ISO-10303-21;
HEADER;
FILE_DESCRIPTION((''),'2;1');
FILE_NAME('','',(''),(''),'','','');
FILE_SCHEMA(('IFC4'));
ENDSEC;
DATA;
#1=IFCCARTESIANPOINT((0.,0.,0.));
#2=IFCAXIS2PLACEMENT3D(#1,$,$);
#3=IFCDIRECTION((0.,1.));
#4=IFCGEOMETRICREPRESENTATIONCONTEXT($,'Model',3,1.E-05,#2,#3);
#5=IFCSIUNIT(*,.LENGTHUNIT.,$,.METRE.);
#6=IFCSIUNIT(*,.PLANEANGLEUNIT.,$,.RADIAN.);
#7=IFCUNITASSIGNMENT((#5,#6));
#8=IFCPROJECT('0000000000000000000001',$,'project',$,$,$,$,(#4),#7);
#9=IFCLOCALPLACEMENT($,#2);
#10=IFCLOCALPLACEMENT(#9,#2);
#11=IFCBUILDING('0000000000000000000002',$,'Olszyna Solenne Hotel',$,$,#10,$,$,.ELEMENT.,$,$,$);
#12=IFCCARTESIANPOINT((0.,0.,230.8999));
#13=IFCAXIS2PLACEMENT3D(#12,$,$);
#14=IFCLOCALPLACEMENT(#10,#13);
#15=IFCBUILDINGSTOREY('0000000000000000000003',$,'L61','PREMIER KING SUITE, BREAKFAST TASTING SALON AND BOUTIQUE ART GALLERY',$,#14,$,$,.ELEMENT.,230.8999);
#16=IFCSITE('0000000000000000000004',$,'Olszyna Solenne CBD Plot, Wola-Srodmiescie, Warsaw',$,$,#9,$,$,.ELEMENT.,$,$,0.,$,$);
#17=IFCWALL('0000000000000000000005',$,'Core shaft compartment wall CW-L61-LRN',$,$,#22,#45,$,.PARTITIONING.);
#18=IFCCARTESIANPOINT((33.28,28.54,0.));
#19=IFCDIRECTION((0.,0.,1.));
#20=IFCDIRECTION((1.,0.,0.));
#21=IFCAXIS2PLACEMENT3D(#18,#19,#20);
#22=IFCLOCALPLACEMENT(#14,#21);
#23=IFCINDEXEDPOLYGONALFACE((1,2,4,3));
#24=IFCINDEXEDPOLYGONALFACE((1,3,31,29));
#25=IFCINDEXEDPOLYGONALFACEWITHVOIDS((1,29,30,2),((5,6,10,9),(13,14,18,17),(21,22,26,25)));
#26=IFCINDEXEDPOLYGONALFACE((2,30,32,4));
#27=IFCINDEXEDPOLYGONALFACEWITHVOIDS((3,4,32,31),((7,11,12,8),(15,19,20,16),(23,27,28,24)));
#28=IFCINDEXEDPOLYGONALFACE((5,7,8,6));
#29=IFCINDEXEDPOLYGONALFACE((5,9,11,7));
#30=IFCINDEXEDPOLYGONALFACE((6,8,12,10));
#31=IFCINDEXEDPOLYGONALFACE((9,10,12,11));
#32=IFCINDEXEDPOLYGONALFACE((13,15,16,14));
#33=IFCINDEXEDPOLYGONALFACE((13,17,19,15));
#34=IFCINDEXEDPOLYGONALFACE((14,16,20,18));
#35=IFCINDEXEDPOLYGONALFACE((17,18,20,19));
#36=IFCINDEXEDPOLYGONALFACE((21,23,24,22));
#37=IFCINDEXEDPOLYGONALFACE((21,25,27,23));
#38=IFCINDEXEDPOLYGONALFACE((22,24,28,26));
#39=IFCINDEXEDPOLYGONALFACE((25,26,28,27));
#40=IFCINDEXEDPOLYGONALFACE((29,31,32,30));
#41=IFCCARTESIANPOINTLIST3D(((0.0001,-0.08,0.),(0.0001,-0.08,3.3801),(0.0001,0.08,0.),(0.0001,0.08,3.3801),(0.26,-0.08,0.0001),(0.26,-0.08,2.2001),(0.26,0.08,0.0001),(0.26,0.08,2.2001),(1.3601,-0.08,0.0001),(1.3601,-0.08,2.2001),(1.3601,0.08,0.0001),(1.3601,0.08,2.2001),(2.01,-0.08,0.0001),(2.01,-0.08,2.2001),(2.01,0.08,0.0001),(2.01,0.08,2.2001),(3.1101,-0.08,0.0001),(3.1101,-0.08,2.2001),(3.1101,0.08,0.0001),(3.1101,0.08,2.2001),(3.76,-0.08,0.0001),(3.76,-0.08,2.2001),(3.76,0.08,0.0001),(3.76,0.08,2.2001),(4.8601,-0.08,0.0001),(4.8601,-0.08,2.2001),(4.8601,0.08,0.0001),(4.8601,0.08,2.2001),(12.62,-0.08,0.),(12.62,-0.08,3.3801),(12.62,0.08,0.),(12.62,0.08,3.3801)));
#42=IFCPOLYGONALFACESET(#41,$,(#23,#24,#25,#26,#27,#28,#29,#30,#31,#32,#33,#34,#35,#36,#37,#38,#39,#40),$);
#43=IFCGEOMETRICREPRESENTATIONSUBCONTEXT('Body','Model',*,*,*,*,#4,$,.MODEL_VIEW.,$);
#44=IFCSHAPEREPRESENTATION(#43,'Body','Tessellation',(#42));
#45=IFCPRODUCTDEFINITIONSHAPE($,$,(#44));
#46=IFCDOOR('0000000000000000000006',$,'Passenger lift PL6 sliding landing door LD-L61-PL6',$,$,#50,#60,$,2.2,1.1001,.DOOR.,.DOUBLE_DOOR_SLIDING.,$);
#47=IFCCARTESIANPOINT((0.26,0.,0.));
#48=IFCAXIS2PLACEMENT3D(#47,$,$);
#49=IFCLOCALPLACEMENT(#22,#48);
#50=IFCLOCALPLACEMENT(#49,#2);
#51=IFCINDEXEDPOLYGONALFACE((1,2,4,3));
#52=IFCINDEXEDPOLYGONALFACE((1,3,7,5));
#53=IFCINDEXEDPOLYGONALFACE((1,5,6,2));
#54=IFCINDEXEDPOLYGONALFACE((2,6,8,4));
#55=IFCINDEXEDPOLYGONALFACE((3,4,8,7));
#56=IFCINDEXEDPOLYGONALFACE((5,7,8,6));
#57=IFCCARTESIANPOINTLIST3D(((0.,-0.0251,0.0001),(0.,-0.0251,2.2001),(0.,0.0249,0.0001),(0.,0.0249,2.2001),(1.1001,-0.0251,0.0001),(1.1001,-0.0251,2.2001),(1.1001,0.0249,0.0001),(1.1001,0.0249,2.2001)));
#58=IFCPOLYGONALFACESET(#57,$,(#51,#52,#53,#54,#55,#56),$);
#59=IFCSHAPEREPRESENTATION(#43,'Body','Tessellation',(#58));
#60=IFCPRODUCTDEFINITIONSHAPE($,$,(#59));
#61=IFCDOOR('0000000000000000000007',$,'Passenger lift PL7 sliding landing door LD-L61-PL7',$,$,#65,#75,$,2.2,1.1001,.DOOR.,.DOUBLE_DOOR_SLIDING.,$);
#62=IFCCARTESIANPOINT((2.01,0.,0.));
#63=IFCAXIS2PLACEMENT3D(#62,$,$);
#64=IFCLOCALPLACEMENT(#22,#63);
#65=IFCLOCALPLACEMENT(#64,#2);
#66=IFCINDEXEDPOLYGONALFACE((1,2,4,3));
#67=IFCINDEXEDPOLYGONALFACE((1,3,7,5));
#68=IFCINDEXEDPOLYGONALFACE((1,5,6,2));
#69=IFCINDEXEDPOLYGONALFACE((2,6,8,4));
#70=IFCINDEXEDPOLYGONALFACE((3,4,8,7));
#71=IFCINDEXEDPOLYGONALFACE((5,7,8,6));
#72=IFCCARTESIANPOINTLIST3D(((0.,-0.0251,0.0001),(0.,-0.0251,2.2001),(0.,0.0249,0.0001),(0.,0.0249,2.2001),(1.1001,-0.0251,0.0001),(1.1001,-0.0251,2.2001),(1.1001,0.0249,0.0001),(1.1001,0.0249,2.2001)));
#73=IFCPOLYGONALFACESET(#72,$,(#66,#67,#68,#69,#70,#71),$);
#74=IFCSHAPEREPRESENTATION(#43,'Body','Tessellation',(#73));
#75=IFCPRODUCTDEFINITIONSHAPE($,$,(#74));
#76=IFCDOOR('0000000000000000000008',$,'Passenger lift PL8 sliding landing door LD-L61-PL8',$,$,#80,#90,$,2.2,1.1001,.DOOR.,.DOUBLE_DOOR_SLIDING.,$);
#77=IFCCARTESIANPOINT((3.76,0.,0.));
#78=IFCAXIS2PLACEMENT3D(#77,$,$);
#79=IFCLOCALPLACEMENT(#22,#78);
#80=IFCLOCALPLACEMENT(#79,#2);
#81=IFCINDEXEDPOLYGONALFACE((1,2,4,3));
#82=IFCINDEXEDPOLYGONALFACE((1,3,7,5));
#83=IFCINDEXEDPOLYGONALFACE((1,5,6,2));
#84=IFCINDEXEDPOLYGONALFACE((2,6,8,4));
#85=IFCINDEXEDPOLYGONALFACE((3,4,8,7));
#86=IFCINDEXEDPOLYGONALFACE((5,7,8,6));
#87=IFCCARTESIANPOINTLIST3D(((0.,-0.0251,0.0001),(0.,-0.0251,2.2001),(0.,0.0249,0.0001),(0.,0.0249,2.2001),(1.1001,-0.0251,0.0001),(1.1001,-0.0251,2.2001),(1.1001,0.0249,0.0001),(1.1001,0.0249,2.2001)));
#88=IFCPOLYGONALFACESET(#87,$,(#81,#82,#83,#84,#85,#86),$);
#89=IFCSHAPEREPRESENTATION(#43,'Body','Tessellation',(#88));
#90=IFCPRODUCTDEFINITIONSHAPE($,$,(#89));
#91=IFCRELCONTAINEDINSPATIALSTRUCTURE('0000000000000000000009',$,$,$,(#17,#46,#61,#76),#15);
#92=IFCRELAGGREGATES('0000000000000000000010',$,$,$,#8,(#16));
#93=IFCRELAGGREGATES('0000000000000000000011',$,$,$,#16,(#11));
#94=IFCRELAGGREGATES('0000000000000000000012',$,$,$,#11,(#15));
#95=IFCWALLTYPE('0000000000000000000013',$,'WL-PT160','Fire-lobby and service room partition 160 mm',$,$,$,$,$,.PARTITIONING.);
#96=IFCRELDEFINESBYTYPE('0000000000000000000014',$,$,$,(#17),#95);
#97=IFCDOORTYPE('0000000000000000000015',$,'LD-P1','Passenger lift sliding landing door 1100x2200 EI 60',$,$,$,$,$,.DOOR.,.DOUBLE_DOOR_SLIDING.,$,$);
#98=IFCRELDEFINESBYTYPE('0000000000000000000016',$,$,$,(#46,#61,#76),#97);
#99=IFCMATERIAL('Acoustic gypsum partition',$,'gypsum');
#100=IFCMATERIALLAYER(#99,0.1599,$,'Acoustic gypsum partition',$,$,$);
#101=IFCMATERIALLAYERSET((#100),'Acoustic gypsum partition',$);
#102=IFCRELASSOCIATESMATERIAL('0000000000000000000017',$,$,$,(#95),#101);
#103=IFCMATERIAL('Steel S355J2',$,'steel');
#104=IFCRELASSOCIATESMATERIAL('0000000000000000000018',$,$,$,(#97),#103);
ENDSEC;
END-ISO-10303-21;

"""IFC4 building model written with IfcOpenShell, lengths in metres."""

from ifc_helpers import new_model, si_unit, direction, frame, frame_2d, origin, place, context, subcontext, project, spatial, rectangle, extrude, source, transform, mapped, material, layer, layer_set, type_object, type_shapes, element, fill, save


model = new_model("IFC4")

# Units and contexts
model_context = context("Model", 3, precision=1e-05, world=origin(), true_north=direction((0.0, 1.0)))
body_context = subcontext(model_context, "Body", "Model", "MODEL_VIEW")
ifc_project = project(units=[si_unit("LENGTHUNIT", "METRE"), si_unit("PLANEANGLEUNIT", "RADIAN")], contexts=[model_context])

# Site, building, storey
site_placement = place(None, origin())
site = spatial("IfcSite", under=ifc_project, at=site_placement, Name="Olszyna Solenne CBD Plot, Wola-Srodmiescie, Warsaw", CompositionType="ELEMENT", RefElevation=0.0)
building_placement = place(site_placement, origin())
building = spatial("IfcBuilding", under=site, at=building_placement, Name="Olszyna Solenne Hotel", CompositionType="ELEMENT")
storey_placement = place(building_placement, frame((0.0, 0.0, 230.8999)))
storey = spatial("IfcBuildingStorey", under=building, at=storey_placement, Name="L61", Description="PREMIER KING SUITE, BREAKFAST TASTING SALON AND BOUTIQUE ART GALLERY", CompositionType="ELEMENT", Elevation=230.8999)

# Shared definitions
ifc_material_1 = material(Name="Steel S355J2", Category="steel")

# Shared definitions
ifc_material_2 = material(Name="Acoustic gypsum partition", Category="gypsum")
ifc_layer_1 = layer(ifc_material_2, 0.1599, Name="Acoustic gypsum partition")
ifc_layer_set_1 = layer_set([ifc_layer_1], Name="Acoustic gypsum partition")
wall_type_1 = type_object("IfcWallType", Name="WL-PT160", Description="Fire-lobby and service room partition 160 mm", PredefinedType="PARTITIONING", material=ifc_layer_set_1)

# Wall, openings, doors
door_type_1 = type_object("IfcDoorType", Name="LD-P1", Description="Passenger lift sliding landing door 1100x2200 EI 60", OperationType="DOUBLE_DOOR_SLIDING", PredefinedType="DOOR", material=ifc_material_1)
shared_shape_1 = source(origin(), body_context, "Body", "SweptSolid", [
    extrude(rectangle(XDim=1.1001, YDim=2.2, at=frame_2d((0.55, 1.1001))), frame((0.0, 0.0249, 0.0), z_axis=(0.0, -1.0, 0.0), x_axis=(1.0, 0.0, 0.0)), (0.0, 0.0, 1.0), 0.05),
])
type_shapes(door_type_1, [shared_shape_1])
wall_1_placement = place(storey_placement, frame((33.28, 28.54, 0.0), z_axis=(0.0, 0.0, 1.0), x_axis=(1.0, 0.0, 0.0)))
wall_1 = element("IfcWall", 1, at=wall_1_placement, inside=storey, type_object=wall_type_1, Name="Core shaft compartment wall CW-L61-LRN", PredefinedType="PARTITIONING", context=body_context, shape_type="SweptSolid", body=[
    extrude(rectangle(XDim=12.6199, YDim=0.1599, at=frame_2d((6.3101, 0.0))), origin(), (0.0, 0.0, 1.0), 3.3801),
])
opening_1_placement = place(wall_1_placement, frame((0.26, 0.0, 0.0)))
opening_1 = element("IfcOpeningElement", 2, at=opening_1_placement, cuts=wall_1, PredefinedType="OPENING", context=body_context, shape_type="SweptSolid", body=[
    extrude(rectangle(XDim=1.1001, YDim=2.2, at=frame_2d((0.55, 1.1001))), frame((0.0, 0.0898, 0.0), z_axis=(0.0, -1.0, 0.0), x_axis=(1.0, 0.0, 0.0)), (0.0, 0.0, 1.0), 0.1799),
])
opening_2_placement = place(wall_1_placement, frame((2.01, 0.0, 0.0)))
opening_2 = element("IfcOpeningElement", 3, at=opening_2_placement, cuts=wall_1, PredefinedType="OPENING", context=body_context, shape_type="SweptSolid", body=[
    extrude(rectangle(XDim=1.1001, YDim=2.2, at=frame_2d((0.55, 1.1001))), frame((0.0, 0.0898, 0.0), z_axis=(0.0, -1.0, 0.0), x_axis=(1.0, 0.0, 0.0)), (0.0, 0.0, 1.0), 0.1799),
])
opening_3_placement = place(wall_1_placement, frame((3.76, 0.0, 0.0)))
opening_3 = element("IfcOpeningElement", 4, at=opening_3_placement, cuts=wall_1, PredefinedType="OPENING", context=body_context, shape_type="SweptSolid", body=[
    extrude(rectangle(XDim=1.1001, YDim=2.2, at=frame_2d((0.55, 1.1001))), frame((0.0, 0.0898, 0.0), z_axis=(0.0, -1.0, 0.0), x_axis=(1.0, 0.0, 0.0)), (0.0, 0.0, 1.0), 0.1799),
])
door_1_placement = place(opening_1_placement, origin())
door_1 = element("IfcDoor", 5, at=door_1_placement, inside=storey, type_object=door_type_1, Name="Passenger lift PL6 sliding landing door LD-L61-PL6", OperationType="DOUBLE_DOOR_SLIDING", OverallHeight=2.2, OverallWidth=1.1001, PredefinedType="DOOR", context=body_context, shape_type="MappedRepresentation", body=[
    mapped(shared_shape_1, transform((0.0, 0.0, 0.0), x_axis=(1.0, 0.0, 0.0), y_axis=(0.0, 1.0, 0.0), z_axis=(0.0, 0.0, 1.0), scale=1.0)),
])
fill(opening_1, door_1)
door_2_placement = place(opening_2_placement, origin())
door_2 = element("IfcDoor", 6, at=door_2_placement, inside=storey, type_object=door_type_1, Name="Passenger lift PL7 sliding landing door LD-L61-PL7", OperationType="DOUBLE_DOOR_SLIDING", OverallHeight=2.2, OverallWidth=1.1001, PredefinedType="DOOR", context=body_context, shape_type="MappedRepresentation", body=[
    mapped(shared_shape_1, transform((0.0, 0.0, 0.0), x_axis=(1.0, 0.0, 0.0), y_axis=(0.0, 1.0, 0.0), z_axis=(0.0, 0.0, 1.0), scale=1.0)),
])
fill(opening_2, door_2)
door_3_placement = place(opening_3_placement, origin())
door_3 = element("IfcDoor", 7, at=door_3_placement, inside=storey, type_object=door_type_1, Name="Passenger lift PL8 sliding landing door LD-L61-PL8", OperationType="DOUBLE_DOOR_SLIDING", OverallHeight=2.2, OverallWidth=1.1001, PredefinedType="DOOR", context=body_context, shape_type="MappedRepresentation", body=[
    mapped(shared_shape_1, transform((0.0, 0.0, 0.0), x_axis=(1.0, 0.0, 0.0), y_axis=(0.0, 1.0, 0.0), z_axis=(0.0, 0.0, 1.0), scale=1.0)),
])
fill(opening_3, door_3)

save(model, "model.ifc")
